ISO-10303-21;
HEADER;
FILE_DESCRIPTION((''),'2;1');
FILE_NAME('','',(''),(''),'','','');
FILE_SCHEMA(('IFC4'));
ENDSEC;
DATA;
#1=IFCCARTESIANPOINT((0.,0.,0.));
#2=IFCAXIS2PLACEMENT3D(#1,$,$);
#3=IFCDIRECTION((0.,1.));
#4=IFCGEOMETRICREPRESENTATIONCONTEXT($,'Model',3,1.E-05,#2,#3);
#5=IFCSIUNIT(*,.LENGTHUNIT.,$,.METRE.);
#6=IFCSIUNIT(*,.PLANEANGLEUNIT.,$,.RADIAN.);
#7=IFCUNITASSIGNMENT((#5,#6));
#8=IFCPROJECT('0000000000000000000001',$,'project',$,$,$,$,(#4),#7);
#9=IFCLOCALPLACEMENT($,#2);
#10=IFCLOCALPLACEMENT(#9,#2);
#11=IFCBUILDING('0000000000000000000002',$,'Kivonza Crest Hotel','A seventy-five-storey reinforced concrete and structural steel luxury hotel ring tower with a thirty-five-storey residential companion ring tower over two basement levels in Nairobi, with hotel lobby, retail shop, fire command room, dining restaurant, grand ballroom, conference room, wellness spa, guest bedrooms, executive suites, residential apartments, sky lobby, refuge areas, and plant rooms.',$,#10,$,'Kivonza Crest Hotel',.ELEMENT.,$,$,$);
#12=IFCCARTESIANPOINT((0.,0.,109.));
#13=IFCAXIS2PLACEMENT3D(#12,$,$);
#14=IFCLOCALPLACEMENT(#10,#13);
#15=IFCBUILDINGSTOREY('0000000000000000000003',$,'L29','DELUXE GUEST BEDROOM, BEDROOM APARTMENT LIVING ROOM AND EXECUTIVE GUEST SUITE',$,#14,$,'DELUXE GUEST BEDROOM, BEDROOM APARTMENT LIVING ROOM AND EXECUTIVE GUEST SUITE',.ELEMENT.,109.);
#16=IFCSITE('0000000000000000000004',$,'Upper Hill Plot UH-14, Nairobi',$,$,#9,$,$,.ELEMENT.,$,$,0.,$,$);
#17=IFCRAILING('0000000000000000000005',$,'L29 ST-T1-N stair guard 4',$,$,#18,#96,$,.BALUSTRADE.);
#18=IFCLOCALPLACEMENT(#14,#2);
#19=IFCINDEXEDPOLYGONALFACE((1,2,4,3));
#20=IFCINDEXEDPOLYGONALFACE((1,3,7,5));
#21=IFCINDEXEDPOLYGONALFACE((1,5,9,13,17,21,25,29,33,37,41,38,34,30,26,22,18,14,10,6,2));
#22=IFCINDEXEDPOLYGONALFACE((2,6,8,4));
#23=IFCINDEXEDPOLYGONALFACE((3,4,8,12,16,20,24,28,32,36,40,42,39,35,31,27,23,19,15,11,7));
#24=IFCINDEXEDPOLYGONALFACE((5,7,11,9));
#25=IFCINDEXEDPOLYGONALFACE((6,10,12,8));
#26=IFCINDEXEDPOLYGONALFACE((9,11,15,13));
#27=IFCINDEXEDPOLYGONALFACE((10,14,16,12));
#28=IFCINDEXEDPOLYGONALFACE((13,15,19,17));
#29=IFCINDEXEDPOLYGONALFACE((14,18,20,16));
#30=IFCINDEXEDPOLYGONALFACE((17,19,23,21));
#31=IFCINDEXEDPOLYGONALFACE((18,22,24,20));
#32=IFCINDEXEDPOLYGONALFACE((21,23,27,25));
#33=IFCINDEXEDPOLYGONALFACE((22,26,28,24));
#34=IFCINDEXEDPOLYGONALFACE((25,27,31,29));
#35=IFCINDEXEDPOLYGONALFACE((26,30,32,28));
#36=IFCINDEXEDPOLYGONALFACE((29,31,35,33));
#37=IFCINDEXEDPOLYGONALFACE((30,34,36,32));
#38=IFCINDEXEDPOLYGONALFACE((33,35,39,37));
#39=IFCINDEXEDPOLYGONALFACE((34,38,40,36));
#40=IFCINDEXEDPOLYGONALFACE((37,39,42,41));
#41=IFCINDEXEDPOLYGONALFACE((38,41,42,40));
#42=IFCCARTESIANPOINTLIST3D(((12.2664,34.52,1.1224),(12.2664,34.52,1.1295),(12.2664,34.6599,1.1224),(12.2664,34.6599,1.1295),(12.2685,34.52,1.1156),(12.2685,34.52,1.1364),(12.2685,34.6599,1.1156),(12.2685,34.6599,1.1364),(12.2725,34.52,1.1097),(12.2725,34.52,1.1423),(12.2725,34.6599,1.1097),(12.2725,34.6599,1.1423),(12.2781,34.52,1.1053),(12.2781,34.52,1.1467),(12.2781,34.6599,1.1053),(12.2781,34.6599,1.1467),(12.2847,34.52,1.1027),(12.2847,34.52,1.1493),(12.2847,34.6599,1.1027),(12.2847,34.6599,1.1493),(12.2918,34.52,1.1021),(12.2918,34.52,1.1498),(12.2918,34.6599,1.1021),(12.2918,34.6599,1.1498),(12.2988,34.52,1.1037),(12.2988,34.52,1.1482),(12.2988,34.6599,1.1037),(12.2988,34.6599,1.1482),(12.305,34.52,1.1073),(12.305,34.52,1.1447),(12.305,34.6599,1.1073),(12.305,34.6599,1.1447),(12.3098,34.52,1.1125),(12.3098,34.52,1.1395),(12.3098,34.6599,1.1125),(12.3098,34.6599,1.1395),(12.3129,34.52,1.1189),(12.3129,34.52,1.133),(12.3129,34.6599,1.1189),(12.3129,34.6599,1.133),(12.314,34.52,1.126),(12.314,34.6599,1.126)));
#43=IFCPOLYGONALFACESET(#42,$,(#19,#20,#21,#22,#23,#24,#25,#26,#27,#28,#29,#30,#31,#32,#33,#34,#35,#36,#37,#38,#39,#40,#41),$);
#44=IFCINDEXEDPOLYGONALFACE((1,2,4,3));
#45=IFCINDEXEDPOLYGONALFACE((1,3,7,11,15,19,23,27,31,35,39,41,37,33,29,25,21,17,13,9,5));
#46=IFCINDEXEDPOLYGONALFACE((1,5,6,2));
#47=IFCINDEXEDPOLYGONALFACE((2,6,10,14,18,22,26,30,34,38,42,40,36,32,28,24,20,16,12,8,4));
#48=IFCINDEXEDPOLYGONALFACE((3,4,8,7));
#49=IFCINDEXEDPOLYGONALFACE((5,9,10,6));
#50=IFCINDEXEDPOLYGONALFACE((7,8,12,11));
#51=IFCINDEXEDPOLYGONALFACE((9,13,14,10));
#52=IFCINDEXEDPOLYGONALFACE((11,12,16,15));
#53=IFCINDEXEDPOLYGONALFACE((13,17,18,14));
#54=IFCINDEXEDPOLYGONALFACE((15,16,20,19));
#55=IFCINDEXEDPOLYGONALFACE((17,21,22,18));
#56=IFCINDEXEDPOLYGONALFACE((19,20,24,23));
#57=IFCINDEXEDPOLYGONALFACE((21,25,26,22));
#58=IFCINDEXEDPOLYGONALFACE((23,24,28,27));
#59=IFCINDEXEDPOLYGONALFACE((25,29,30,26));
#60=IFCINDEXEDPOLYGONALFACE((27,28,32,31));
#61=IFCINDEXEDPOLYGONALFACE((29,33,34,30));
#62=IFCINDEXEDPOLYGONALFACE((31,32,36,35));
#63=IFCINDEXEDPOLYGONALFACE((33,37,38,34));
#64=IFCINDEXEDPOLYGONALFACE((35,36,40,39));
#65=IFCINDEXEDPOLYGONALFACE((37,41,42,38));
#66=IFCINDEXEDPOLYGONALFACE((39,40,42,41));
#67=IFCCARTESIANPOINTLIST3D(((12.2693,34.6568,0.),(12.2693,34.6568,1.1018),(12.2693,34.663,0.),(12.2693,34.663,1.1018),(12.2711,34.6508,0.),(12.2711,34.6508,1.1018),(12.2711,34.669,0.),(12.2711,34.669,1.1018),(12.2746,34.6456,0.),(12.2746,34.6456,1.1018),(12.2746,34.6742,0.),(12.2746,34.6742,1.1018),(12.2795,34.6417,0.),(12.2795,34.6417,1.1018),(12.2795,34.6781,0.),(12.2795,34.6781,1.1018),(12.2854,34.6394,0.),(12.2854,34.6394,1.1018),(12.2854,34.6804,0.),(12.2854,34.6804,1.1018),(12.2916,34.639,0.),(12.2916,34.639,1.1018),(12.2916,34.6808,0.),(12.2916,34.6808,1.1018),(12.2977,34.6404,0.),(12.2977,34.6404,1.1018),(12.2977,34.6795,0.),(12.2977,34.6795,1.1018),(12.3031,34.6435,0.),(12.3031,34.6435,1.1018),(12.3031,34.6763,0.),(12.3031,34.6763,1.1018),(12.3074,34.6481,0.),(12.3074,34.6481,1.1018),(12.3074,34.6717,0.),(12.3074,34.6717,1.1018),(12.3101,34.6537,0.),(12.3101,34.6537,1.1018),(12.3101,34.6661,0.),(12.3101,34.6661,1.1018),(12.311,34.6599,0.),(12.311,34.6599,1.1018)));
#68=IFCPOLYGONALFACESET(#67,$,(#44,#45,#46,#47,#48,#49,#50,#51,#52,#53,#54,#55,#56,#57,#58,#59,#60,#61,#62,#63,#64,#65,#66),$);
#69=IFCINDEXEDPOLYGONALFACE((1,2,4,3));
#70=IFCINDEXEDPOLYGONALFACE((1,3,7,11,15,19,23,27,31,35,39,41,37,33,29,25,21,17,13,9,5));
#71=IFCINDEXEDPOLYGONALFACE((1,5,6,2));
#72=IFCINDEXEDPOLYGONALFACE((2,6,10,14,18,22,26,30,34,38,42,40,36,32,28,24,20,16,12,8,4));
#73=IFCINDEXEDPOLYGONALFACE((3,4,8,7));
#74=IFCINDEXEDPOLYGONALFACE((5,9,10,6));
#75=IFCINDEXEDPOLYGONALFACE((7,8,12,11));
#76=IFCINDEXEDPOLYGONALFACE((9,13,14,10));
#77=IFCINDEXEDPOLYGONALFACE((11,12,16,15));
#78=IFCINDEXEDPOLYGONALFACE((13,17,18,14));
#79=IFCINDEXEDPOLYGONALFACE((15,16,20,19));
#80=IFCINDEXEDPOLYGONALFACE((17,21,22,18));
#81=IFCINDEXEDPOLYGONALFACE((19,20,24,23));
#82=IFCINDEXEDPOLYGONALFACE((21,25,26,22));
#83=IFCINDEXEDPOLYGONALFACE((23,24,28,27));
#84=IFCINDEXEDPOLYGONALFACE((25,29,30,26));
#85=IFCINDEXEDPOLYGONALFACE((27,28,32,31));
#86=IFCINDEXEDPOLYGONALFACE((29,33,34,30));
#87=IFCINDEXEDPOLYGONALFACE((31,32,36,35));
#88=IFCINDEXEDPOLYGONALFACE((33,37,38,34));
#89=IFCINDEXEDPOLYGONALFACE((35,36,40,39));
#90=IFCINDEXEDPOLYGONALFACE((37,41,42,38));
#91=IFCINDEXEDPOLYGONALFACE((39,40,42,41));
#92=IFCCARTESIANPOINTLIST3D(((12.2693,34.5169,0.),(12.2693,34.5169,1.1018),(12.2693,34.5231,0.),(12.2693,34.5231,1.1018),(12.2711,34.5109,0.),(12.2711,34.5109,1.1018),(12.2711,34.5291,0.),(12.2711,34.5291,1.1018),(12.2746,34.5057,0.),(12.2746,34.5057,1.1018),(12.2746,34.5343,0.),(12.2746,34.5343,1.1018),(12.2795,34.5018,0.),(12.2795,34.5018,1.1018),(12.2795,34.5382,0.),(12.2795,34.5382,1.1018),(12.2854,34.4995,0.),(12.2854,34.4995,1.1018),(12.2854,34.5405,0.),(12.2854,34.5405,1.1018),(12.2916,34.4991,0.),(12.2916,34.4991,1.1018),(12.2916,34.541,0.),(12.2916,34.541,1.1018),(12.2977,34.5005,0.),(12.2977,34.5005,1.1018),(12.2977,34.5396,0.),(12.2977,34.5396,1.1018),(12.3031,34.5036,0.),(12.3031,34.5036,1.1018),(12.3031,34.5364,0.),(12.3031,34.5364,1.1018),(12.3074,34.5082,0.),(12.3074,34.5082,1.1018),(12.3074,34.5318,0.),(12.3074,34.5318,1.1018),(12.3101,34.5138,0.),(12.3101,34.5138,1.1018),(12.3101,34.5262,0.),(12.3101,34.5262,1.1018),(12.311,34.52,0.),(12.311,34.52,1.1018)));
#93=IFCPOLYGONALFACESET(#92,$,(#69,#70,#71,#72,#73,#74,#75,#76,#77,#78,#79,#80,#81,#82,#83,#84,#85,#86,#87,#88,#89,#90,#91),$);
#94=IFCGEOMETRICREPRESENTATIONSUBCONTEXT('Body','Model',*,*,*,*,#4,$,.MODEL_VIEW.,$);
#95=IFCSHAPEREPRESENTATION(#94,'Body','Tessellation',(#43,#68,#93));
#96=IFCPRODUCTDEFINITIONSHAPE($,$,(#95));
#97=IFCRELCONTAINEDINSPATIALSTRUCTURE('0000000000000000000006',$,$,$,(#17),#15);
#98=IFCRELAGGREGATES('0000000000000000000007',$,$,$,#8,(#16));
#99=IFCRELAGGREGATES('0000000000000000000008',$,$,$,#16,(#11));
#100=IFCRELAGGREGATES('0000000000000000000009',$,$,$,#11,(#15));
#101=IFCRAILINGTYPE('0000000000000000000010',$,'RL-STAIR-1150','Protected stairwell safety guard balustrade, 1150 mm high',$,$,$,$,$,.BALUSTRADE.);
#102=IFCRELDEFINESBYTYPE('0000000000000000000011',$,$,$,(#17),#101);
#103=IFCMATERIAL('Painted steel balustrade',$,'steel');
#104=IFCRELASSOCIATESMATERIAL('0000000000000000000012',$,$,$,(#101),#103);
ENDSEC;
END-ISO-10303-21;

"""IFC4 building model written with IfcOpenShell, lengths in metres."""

from ifc_helpers import new_model, si_unit, direction, frame, origin, origin_2d, place, context, subcontext, project, spatial, circle, extrude, material, type_object, element, save


model = new_model("IFC4")

# Units and contexts
model_context = context("Model", 3, precision=1e-05, world=origin(), true_north=direction((0.0, 1.0)))
body_context = subcontext(model_context, "Body", "Model", "MODEL_VIEW")
ifc_project = project(units=[si_unit("LENGTHUNIT", "METRE"), si_unit("PLANEANGLEUNIT", "RADIAN")], contexts=[model_context])

# Site, building, storey
site_placement = place(None, origin())
site = spatial("IfcSite", under=ifc_project, at=site_placement, Name="Upper Hill Plot UH-14, Nairobi", CompositionType="ELEMENT", RefElevation=0.0)
building_placement = place(site_placement, origin())
building = spatial("IfcBuilding", under=site, at=building_placement, Name="Kivonza Crest Hotel", Description="A seventy-five-storey reinforced concrete and structural steel luxury hotel ring tower with a thirty-five-storey residential companion ring tower over two basement levels in Nairobi, with hotel lobby, retail shop, fire command room, dining restaurant, grand ballroom, conference room, wellness spa, guest bedrooms, executive suites, residential apartments, sky lobby, refuge areas, and plant rooms.", LongName="Kivonza Crest Hotel", CompositionType="ELEMENT")
storey_placement = place(building_placement, frame((0.0, 0.0, 109.0)))
storey = spatial("IfcBuildingStorey", under=building, at=storey_placement, Name="L29", Description="DELUXE GUEST BEDROOM, BEDROOM APARTMENT LIVING ROOM AND EXECUTIVE GUEST SUITE", LongName="DELUXE GUEST BEDROOM, BEDROOM APARTMENT LIVING ROOM AND EXECUTIVE GUEST SUITE", CompositionType="ELEMENT", Elevation=109.0)

# Railing
ifc_material_1 = material(Name="Painted steel balustrade", Category="steel")
railing_type_1 = type_object("IfcRailingType", Name="RL-STAIR-1150", Description="Protected stairwell safety guard balustrade, 1150 mm high", PredefinedType="BALUSTRADE", material=ifc_material_1)
railing_1_placement = place(storey_placement, frame((12.29, 34.6599, 0.0)))
element("IfcRailing", 1, at=railing_1_placement, inside=storey, type_object=railing_type_1, Name="L29 ST-T1-N stair guard 4", PredefinedType="BALUSTRADE", context=body_context, shape_type="SweptSolid", body=[
    extrude(circle(Radius=0.0239, at=origin_2d()), frame((0.0, 0.0, 1.126), z_axis=(0.0, -1.0, 0.0), x_axis=(1.0, 0.0, 0.0)), (0.0, 0.0, 1.0), 0.1399),
    extrude(circle(Radius=0.021, at=origin_2d()), origin(), (0.0, 0.0, 1.0), 1.1018),
    extrude(circle(Radius=0.021, at=origin_2d()), frame((0.0, -0.1399, 0.0)), (0.0, 0.0, 1.0), 1.1018),
])

save(model, "model.ifc")
